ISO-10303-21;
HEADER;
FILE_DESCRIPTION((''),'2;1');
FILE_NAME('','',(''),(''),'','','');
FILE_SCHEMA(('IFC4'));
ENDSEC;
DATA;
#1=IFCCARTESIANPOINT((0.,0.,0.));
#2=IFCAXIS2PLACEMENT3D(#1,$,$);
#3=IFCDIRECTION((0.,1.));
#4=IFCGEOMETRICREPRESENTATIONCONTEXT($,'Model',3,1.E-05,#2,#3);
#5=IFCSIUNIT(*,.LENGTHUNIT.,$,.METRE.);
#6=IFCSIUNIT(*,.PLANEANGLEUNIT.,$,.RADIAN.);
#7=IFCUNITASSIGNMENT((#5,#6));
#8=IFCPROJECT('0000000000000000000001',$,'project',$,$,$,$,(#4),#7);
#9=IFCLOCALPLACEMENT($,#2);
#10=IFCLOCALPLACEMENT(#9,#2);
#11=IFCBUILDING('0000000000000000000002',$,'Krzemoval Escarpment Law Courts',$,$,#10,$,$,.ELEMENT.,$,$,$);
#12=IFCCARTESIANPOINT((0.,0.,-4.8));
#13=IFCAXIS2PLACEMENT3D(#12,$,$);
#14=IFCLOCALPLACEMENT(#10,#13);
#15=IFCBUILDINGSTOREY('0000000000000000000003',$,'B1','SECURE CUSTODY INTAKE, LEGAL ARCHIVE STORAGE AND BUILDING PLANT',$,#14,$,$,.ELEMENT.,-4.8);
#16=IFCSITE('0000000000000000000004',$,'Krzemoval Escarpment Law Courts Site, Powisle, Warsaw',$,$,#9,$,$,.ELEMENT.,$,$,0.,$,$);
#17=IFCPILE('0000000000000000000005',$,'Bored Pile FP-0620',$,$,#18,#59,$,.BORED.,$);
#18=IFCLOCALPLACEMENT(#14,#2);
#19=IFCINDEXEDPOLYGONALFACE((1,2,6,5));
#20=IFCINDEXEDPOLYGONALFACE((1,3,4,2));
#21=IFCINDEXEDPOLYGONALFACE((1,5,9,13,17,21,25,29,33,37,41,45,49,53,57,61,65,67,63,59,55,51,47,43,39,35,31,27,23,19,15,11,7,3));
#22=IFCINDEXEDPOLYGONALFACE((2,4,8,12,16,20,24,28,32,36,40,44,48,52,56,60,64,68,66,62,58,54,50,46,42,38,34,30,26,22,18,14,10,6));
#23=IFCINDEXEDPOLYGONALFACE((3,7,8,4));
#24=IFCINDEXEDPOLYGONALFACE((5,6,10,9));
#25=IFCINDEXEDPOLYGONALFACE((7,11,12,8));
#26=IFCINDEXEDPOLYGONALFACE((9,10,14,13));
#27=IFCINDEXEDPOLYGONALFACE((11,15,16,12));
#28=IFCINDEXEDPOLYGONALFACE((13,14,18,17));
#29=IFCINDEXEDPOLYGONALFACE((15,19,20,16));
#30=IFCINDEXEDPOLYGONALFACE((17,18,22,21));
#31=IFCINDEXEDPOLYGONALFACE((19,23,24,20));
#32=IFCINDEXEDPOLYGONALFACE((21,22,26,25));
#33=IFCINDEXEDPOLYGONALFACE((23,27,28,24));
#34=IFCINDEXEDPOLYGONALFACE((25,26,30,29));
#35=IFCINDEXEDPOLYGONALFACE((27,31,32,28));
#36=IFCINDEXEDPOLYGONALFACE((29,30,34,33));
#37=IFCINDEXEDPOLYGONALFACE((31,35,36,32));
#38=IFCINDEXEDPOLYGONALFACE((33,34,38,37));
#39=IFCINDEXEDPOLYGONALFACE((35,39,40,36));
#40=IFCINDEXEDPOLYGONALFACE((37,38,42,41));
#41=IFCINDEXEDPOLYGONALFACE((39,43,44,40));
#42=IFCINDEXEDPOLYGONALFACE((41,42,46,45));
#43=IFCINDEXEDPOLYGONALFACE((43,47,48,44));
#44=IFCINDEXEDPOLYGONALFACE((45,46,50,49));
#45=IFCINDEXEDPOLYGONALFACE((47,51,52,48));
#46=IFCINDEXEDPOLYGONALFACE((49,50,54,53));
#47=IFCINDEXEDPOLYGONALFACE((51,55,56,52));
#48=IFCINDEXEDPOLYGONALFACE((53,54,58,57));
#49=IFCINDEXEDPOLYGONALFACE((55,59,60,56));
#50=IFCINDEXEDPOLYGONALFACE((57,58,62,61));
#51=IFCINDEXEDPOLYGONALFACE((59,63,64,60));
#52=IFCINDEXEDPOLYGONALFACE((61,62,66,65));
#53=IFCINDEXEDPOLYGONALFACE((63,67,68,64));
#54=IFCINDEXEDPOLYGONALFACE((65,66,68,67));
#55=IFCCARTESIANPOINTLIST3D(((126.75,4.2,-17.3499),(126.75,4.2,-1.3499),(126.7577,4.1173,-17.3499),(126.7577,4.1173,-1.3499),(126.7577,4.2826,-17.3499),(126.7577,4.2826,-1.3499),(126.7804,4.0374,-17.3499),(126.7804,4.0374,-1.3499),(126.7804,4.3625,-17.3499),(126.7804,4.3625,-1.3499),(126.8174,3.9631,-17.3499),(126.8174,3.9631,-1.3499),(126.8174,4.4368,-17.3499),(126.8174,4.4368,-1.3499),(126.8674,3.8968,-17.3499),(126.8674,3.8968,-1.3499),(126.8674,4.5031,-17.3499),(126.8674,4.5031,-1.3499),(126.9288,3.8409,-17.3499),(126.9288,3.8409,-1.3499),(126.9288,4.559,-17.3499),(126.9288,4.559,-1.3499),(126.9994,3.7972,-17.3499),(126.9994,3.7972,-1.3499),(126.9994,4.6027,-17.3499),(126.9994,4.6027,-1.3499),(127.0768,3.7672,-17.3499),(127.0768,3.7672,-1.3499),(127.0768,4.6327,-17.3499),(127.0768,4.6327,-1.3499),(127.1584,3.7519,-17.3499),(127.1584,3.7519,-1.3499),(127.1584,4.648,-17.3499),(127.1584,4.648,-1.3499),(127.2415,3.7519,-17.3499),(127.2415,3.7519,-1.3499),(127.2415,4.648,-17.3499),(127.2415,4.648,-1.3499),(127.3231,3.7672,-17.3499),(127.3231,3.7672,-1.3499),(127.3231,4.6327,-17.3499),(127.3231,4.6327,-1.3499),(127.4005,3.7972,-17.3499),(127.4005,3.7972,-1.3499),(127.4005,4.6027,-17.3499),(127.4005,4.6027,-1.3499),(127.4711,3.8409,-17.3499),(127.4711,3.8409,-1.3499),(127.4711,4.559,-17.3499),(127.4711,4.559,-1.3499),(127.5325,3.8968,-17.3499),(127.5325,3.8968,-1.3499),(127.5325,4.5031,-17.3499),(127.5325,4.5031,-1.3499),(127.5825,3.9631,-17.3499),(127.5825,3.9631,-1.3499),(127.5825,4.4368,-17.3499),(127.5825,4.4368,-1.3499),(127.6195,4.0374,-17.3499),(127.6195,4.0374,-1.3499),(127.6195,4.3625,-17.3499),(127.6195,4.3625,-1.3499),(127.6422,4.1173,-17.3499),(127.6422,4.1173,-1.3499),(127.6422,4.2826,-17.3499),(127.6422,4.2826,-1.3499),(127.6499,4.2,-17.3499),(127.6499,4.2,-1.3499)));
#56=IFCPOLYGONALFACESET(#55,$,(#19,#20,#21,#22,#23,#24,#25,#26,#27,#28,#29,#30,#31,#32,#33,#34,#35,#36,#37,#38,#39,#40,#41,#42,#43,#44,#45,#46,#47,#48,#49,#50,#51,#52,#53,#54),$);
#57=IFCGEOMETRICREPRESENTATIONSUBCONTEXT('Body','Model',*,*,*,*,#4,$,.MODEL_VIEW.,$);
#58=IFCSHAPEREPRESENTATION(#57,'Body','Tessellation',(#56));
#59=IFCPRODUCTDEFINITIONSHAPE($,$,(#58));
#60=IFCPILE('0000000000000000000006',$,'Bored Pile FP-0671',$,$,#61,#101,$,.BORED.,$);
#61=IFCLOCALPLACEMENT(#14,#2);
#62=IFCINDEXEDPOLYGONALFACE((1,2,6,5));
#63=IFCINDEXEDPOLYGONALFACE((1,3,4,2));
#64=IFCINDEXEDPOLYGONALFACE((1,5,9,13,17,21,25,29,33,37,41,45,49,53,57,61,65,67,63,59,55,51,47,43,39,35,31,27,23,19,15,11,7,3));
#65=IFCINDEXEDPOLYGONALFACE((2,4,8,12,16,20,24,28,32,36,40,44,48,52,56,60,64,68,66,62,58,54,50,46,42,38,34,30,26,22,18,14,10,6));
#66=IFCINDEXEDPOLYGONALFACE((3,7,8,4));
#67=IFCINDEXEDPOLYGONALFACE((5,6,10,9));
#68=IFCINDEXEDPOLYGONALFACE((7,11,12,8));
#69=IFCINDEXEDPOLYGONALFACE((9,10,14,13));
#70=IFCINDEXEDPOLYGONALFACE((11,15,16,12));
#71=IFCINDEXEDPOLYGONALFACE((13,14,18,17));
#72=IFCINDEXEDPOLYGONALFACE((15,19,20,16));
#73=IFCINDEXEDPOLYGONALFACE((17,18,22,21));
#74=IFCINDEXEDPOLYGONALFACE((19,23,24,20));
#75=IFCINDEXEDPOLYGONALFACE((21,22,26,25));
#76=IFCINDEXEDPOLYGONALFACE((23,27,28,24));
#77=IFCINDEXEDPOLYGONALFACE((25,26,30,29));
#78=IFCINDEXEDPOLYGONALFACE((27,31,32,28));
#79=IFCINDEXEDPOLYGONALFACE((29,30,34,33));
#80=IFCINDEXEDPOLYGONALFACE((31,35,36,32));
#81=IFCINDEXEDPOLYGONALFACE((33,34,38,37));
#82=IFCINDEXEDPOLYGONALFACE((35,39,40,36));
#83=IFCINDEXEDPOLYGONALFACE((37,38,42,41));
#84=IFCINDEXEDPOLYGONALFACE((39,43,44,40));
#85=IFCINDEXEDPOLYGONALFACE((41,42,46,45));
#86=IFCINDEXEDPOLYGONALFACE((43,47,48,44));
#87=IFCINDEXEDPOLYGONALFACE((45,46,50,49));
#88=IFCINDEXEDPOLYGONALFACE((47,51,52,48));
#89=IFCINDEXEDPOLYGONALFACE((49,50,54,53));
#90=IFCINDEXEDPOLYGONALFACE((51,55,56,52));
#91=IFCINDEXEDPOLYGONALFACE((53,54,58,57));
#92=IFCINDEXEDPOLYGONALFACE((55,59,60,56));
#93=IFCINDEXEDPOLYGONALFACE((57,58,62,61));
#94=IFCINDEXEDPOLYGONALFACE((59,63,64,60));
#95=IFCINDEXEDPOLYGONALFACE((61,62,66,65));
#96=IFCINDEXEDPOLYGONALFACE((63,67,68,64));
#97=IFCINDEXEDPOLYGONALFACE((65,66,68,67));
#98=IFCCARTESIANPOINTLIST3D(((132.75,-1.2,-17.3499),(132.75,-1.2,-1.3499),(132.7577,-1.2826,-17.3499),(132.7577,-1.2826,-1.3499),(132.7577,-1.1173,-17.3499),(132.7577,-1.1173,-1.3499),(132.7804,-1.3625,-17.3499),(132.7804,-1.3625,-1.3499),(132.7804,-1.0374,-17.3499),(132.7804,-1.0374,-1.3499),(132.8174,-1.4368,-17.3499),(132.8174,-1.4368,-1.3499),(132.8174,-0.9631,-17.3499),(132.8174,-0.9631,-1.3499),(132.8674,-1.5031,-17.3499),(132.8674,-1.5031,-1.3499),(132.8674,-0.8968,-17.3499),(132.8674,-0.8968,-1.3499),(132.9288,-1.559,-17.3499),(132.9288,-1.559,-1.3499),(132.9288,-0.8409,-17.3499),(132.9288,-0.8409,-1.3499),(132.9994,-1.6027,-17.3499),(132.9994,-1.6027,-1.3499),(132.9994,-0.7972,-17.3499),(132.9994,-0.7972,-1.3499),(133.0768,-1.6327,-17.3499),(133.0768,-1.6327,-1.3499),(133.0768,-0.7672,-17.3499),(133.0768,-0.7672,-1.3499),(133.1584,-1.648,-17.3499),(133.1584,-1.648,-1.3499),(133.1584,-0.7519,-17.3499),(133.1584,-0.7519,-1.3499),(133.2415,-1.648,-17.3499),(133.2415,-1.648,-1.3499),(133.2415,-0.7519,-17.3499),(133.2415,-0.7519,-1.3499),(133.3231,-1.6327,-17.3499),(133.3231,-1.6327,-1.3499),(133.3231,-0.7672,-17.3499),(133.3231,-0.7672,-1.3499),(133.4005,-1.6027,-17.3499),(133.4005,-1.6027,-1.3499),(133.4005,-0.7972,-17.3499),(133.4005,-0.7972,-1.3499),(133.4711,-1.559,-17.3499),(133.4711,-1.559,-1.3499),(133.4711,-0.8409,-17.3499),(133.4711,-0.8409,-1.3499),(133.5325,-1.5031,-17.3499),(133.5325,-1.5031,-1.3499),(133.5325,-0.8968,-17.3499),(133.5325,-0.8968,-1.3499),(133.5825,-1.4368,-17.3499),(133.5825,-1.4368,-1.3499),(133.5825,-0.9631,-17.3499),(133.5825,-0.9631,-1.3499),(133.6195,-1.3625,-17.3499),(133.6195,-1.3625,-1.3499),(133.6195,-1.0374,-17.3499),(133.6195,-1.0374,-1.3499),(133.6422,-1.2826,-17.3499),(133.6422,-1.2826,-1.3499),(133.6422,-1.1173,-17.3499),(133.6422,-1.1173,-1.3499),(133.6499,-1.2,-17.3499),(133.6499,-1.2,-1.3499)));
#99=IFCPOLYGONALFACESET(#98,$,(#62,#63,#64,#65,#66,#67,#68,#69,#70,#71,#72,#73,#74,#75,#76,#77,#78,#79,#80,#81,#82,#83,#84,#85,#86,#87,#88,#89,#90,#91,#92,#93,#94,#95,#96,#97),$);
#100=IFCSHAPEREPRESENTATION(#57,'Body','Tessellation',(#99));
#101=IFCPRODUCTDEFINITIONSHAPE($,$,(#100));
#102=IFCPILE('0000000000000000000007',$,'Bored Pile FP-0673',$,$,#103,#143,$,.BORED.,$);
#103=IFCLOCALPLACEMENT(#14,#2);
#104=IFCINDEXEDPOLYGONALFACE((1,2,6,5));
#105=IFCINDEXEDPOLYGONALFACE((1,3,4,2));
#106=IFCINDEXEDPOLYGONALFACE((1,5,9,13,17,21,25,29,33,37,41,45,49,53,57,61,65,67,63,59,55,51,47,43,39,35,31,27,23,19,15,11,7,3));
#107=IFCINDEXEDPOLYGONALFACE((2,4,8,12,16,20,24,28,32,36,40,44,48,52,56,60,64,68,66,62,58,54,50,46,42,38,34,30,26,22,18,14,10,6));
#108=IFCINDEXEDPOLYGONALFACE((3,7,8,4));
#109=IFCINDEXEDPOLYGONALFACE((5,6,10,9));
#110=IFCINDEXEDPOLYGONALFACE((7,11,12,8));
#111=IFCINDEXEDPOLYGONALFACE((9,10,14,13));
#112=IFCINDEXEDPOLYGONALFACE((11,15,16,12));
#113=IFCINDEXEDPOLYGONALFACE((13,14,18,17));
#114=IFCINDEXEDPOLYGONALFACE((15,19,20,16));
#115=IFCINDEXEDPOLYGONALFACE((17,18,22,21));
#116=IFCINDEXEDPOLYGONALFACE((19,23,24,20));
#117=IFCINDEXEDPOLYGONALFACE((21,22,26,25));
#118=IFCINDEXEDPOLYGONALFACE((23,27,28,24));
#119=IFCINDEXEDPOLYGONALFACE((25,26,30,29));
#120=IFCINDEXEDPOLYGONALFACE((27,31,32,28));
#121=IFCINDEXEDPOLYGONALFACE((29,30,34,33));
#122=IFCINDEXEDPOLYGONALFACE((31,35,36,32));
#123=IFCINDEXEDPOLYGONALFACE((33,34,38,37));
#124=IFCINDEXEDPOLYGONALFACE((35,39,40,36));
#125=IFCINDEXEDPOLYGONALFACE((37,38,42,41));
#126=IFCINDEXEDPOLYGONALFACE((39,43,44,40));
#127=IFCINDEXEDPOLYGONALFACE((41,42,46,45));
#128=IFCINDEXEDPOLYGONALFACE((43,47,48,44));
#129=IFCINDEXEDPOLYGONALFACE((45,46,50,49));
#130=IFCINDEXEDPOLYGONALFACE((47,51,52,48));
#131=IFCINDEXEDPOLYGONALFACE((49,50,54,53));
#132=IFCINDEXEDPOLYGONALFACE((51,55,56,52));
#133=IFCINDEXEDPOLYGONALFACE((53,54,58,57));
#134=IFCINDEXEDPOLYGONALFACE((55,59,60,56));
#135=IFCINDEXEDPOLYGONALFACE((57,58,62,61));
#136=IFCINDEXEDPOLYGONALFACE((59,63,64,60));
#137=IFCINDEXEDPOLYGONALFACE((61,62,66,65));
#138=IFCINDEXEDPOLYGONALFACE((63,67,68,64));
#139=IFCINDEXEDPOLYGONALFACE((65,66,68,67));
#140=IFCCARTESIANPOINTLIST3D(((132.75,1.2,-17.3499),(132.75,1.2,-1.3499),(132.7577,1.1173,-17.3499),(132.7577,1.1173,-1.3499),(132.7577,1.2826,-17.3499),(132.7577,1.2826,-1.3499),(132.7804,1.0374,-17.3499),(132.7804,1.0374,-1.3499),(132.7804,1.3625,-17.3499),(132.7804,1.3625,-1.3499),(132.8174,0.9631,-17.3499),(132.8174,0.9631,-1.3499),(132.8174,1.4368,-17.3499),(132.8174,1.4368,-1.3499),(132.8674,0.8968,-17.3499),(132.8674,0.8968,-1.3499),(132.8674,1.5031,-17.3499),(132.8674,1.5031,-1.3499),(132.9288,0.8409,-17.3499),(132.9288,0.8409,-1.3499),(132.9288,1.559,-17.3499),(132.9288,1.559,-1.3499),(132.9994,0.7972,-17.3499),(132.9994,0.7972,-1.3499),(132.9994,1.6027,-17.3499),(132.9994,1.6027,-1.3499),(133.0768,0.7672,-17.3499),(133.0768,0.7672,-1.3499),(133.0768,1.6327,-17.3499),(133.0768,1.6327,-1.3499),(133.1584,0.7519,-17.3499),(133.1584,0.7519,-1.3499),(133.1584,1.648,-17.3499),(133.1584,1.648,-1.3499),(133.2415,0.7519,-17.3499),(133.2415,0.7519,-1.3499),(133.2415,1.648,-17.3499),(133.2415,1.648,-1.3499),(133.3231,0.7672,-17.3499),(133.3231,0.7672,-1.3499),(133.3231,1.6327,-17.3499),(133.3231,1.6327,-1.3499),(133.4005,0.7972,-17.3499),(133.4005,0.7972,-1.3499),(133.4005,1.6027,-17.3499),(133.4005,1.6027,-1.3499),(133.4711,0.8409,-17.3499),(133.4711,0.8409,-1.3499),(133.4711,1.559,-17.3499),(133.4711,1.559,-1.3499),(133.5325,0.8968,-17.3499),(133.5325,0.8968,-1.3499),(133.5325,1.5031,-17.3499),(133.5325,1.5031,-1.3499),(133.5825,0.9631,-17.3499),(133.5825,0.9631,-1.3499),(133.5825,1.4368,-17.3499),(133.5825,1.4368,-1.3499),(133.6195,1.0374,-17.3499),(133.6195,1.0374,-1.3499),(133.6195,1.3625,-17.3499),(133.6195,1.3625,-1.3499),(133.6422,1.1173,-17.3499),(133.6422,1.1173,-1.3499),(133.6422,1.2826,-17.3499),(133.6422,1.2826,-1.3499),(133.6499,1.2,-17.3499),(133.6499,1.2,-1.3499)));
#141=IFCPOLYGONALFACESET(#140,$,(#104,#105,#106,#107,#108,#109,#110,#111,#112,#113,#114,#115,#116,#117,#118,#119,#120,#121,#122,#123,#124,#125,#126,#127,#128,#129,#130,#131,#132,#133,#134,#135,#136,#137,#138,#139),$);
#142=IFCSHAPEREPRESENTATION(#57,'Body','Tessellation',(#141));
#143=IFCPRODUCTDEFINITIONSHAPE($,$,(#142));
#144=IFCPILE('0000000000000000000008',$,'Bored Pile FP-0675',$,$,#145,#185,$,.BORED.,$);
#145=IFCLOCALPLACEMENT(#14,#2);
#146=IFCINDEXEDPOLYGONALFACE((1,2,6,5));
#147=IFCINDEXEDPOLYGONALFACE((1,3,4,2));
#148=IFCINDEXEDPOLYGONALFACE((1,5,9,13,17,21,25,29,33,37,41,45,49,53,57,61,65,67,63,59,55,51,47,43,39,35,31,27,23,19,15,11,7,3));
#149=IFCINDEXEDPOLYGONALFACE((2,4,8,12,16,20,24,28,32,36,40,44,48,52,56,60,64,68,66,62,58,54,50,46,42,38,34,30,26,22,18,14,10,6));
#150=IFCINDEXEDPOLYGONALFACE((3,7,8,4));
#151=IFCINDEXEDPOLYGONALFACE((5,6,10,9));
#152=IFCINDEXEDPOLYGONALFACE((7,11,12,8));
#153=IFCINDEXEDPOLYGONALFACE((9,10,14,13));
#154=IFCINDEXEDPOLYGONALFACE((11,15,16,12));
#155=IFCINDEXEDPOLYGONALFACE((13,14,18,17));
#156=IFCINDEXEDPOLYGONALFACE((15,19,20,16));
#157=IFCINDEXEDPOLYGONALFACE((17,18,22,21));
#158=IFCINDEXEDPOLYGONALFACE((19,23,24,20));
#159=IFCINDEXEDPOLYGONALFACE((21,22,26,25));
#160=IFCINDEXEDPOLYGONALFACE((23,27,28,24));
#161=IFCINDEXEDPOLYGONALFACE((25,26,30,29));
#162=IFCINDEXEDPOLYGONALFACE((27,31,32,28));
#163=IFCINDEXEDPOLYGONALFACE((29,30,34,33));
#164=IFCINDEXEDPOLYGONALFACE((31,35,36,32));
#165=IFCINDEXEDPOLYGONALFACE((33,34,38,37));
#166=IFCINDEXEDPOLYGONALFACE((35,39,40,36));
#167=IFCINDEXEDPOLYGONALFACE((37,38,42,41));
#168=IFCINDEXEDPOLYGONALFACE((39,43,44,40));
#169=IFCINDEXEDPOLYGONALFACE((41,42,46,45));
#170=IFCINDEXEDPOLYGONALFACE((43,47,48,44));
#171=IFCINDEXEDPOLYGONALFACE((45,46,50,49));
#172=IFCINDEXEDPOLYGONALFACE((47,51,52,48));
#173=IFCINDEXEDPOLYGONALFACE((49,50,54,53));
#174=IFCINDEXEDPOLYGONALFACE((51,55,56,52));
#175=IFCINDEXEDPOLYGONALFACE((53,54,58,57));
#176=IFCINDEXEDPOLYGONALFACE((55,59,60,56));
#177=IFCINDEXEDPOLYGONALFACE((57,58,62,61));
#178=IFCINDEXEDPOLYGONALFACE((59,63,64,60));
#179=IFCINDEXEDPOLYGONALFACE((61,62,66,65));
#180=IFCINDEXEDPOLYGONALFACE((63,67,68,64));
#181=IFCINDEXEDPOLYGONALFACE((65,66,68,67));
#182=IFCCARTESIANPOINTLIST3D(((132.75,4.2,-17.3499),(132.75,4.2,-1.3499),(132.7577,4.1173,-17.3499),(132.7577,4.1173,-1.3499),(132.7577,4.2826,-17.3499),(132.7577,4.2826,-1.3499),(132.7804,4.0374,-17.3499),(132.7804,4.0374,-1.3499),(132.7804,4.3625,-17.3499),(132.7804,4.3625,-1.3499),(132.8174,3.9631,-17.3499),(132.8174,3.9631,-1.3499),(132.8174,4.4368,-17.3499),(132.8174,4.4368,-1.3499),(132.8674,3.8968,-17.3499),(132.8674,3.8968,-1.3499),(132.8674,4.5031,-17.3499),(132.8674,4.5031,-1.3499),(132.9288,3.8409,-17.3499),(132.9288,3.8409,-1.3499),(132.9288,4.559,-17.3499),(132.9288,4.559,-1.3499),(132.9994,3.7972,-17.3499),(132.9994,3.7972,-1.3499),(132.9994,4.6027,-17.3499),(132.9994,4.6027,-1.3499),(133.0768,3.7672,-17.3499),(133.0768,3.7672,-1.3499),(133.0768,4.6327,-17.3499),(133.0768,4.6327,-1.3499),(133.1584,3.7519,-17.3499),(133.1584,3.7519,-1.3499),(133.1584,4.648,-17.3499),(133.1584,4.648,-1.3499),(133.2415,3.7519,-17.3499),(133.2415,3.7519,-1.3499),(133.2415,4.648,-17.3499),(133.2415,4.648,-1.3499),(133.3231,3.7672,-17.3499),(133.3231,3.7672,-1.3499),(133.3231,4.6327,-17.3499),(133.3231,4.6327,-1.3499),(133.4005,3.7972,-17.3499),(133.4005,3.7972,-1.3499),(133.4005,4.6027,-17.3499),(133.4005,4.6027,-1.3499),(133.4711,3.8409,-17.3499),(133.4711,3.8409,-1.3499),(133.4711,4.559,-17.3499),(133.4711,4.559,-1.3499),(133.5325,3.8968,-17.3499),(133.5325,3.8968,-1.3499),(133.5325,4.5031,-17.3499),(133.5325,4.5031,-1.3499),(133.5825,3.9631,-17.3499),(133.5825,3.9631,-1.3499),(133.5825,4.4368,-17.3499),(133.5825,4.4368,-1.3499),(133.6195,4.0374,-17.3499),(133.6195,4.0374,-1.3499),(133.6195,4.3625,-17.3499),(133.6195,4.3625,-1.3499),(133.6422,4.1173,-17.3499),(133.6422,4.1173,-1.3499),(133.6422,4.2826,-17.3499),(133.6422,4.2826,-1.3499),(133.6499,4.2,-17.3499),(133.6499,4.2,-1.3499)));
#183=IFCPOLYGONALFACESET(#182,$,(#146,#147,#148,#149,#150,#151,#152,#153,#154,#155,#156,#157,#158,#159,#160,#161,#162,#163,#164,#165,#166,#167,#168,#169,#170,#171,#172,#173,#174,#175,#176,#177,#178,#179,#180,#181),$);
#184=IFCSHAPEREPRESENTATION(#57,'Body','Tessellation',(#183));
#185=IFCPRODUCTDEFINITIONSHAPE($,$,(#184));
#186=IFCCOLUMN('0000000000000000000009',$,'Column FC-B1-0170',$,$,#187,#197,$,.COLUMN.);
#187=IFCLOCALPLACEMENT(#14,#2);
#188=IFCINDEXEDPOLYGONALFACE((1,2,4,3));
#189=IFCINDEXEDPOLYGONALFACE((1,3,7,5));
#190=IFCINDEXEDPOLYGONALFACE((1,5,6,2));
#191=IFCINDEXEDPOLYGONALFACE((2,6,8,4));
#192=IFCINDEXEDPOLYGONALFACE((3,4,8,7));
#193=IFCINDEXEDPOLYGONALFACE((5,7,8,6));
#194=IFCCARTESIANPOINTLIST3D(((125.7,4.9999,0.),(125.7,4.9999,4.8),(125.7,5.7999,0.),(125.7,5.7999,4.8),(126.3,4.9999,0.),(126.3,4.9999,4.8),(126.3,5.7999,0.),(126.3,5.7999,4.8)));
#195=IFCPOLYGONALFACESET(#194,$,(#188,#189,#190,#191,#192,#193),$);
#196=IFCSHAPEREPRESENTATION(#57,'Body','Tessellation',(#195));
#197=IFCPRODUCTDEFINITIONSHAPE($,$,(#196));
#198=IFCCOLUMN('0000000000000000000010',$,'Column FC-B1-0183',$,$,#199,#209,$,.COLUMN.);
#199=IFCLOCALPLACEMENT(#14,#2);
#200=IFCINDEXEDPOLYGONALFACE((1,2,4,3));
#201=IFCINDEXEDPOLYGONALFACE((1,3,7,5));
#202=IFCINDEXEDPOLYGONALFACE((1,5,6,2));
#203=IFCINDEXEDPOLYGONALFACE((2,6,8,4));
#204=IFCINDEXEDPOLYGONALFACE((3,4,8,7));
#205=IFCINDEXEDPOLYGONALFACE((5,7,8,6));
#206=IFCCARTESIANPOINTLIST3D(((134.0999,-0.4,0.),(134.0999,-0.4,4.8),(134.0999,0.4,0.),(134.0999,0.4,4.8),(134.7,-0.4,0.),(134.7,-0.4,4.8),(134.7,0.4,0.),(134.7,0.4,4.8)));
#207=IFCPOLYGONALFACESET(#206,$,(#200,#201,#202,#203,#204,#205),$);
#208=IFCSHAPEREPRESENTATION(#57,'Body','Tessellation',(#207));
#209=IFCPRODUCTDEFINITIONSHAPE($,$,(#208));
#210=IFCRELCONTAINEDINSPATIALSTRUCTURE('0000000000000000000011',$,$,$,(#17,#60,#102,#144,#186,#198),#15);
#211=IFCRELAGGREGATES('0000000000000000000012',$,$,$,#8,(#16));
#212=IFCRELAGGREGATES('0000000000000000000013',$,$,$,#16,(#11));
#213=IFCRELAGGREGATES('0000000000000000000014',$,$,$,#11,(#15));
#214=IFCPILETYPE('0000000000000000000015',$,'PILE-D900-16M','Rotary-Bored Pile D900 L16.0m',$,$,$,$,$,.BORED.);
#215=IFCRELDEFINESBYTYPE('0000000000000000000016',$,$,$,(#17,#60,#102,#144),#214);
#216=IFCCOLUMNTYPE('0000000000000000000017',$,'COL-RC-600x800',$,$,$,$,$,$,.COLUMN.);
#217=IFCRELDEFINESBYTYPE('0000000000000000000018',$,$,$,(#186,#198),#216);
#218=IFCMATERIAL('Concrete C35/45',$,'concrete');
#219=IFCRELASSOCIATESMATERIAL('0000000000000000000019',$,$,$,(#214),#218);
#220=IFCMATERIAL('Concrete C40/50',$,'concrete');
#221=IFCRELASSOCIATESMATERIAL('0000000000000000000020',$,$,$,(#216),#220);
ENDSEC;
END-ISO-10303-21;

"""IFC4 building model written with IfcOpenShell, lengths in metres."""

from ifc_helpers import new_model, si_unit, direction, frame, origin, origin_2d, place, context, subcontext, project, spatial, rectangle, circle, extrude, material, material_profile, profile_set, type_object, element, save


model = new_model("IFC4")

# Units and contexts
model_context = context("Model", 3, precision=1e-05, world=origin(), true_north=direction((0.0, 1.0)))
body_context = subcontext(model_context, "Body", "Model", "MODEL_VIEW")
ifc_project = project(units=[si_unit("LENGTHUNIT", "METRE"), si_unit("PLANEANGLEUNIT", "RADIAN")], contexts=[model_context])

# Site, building, storey
site_placement = place(None, origin())
site = spatial("IfcSite", under=ifc_project, at=site_placement, Name="Krzemoval Escarpment Law Courts Site, Powisle, Warsaw", CompositionType="ELEMENT", RefElevation=0.0)
building_placement = place(site_placement, origin())
building = spatial("IfcBuilding", under=site, at=building_placement, Name="Krzemoval Escarpment Law Courts", CompositionType="ELEMENT")
storey_placement = place(building_placement, frame((0.0, 0.0, -4.8)))
storey = spatial("IfcBuildingStorey", under=building, at=storey_placement, Name="B1", Description="SECURE CUSTODY INTAKE, LEGAL ARCHIVE STORAGE AND BUILDING PLANT", CompositionType="ELEMENT", Elevation=-4.8)

# Piles
ifc_material_1 = material(Name="Concrete C35/45", Category="concrete")
ifc_material_profile_1 = material_profile(ifc_material_1, circle(Radius=0.45, at=origin_2d()), Name="PILE D900")
ifc_profile_set_1 = profile_set([ifc_material_profile_1], Name="Concrete C35/45")
pile_type = type_object("IfcPileType", Name="PILE-D900-16M", Description="Rotary-Bored Pile D900 L16.0m", PredefinedType="BORED", material=ifc_profile_set_1)
for number, where, z_axis, x_axis, name in (
    (1, (127.2, 4.2, -1.3499), (0.0, 0.0, -1.0), (1.0, 0.0, 0.0), "Bored Pile FP-0620"),
    (2, (133.2, -1.2, -1.3499), (0.0, 0.0, -1.0), (1.0, 0.0, 0.0), "Bored Pile FP-0671"),
    (3, (133.2, 1.2, -1.3499), (0.0, 0.0, -1.0), (1.0, 0.0, 0.0), "Bored Pile FP-0673"),
    (4, (133.2, 4.2, -1.3499), (0.0, 0.0, -1.0), (1.0, 0.0, 0.0), "Bored Pile FP-0675"),
):
    element("IfcPile", number, at=place(storey_placement, frame(where, z_axis=z_axis, x_axis=x_axis)), inside=storey, type_object=pile_type, Name=name, PredefinedType="BORED", context=body_context, shape_type="SweptSolid", body=[
        extrude(circle(Radius=0.45, at=origin_2d()), origin(), (0.0, 0.0, 1.0), 16.0),
    ])

# Columns
ifc_material_2 = material(Name="Concrete C40/50", Category="concrete")
ifc_material_profile_2 = material_profile(ifc_material_2, rectangle(XDim=0.6001, YDim=0.8, at=origin_2d()), Name="RC 600x800")
ifc_profile_set_2 = profile_set([ifc_material_profile_2], Name="Concrete C40/50")
column_type_1 = type_object("IfcColumnType", Name="COL-RC-600x800", PredefinedType="COLUMN", material=ifc_profile_set_2)
for number, where, z_axis, x_axis, name in (
    (5, (126.0, 5.3999, 0.0), (0.0, 0.0, 1.0), (1.0, 0.0, 0.0), "Column FC-B1-0170"),
    (6, (134.3999, 0.0, 0.0), (0.0, 0.0, 1.0), (1.0, 0.0, 0.0), "Column FC-B1-0183"),
):
    element("IfcColumn", number, at=place(storey_placement, frame(where, z_axis=z_axis, x_axis=x_axis)), inside=storey, type_object=column_type_1, Name=name, PredefinedType="COLUMN", context=body_context, shape_type="SweptSolid", body=[
        extrude(rectangle(XDim=0.6001, YDim=0.8, at=origin_2d()), origin(), (0.0, 0.0, 1.0), 4.8),
    ])

save(model, "model.ifc")
